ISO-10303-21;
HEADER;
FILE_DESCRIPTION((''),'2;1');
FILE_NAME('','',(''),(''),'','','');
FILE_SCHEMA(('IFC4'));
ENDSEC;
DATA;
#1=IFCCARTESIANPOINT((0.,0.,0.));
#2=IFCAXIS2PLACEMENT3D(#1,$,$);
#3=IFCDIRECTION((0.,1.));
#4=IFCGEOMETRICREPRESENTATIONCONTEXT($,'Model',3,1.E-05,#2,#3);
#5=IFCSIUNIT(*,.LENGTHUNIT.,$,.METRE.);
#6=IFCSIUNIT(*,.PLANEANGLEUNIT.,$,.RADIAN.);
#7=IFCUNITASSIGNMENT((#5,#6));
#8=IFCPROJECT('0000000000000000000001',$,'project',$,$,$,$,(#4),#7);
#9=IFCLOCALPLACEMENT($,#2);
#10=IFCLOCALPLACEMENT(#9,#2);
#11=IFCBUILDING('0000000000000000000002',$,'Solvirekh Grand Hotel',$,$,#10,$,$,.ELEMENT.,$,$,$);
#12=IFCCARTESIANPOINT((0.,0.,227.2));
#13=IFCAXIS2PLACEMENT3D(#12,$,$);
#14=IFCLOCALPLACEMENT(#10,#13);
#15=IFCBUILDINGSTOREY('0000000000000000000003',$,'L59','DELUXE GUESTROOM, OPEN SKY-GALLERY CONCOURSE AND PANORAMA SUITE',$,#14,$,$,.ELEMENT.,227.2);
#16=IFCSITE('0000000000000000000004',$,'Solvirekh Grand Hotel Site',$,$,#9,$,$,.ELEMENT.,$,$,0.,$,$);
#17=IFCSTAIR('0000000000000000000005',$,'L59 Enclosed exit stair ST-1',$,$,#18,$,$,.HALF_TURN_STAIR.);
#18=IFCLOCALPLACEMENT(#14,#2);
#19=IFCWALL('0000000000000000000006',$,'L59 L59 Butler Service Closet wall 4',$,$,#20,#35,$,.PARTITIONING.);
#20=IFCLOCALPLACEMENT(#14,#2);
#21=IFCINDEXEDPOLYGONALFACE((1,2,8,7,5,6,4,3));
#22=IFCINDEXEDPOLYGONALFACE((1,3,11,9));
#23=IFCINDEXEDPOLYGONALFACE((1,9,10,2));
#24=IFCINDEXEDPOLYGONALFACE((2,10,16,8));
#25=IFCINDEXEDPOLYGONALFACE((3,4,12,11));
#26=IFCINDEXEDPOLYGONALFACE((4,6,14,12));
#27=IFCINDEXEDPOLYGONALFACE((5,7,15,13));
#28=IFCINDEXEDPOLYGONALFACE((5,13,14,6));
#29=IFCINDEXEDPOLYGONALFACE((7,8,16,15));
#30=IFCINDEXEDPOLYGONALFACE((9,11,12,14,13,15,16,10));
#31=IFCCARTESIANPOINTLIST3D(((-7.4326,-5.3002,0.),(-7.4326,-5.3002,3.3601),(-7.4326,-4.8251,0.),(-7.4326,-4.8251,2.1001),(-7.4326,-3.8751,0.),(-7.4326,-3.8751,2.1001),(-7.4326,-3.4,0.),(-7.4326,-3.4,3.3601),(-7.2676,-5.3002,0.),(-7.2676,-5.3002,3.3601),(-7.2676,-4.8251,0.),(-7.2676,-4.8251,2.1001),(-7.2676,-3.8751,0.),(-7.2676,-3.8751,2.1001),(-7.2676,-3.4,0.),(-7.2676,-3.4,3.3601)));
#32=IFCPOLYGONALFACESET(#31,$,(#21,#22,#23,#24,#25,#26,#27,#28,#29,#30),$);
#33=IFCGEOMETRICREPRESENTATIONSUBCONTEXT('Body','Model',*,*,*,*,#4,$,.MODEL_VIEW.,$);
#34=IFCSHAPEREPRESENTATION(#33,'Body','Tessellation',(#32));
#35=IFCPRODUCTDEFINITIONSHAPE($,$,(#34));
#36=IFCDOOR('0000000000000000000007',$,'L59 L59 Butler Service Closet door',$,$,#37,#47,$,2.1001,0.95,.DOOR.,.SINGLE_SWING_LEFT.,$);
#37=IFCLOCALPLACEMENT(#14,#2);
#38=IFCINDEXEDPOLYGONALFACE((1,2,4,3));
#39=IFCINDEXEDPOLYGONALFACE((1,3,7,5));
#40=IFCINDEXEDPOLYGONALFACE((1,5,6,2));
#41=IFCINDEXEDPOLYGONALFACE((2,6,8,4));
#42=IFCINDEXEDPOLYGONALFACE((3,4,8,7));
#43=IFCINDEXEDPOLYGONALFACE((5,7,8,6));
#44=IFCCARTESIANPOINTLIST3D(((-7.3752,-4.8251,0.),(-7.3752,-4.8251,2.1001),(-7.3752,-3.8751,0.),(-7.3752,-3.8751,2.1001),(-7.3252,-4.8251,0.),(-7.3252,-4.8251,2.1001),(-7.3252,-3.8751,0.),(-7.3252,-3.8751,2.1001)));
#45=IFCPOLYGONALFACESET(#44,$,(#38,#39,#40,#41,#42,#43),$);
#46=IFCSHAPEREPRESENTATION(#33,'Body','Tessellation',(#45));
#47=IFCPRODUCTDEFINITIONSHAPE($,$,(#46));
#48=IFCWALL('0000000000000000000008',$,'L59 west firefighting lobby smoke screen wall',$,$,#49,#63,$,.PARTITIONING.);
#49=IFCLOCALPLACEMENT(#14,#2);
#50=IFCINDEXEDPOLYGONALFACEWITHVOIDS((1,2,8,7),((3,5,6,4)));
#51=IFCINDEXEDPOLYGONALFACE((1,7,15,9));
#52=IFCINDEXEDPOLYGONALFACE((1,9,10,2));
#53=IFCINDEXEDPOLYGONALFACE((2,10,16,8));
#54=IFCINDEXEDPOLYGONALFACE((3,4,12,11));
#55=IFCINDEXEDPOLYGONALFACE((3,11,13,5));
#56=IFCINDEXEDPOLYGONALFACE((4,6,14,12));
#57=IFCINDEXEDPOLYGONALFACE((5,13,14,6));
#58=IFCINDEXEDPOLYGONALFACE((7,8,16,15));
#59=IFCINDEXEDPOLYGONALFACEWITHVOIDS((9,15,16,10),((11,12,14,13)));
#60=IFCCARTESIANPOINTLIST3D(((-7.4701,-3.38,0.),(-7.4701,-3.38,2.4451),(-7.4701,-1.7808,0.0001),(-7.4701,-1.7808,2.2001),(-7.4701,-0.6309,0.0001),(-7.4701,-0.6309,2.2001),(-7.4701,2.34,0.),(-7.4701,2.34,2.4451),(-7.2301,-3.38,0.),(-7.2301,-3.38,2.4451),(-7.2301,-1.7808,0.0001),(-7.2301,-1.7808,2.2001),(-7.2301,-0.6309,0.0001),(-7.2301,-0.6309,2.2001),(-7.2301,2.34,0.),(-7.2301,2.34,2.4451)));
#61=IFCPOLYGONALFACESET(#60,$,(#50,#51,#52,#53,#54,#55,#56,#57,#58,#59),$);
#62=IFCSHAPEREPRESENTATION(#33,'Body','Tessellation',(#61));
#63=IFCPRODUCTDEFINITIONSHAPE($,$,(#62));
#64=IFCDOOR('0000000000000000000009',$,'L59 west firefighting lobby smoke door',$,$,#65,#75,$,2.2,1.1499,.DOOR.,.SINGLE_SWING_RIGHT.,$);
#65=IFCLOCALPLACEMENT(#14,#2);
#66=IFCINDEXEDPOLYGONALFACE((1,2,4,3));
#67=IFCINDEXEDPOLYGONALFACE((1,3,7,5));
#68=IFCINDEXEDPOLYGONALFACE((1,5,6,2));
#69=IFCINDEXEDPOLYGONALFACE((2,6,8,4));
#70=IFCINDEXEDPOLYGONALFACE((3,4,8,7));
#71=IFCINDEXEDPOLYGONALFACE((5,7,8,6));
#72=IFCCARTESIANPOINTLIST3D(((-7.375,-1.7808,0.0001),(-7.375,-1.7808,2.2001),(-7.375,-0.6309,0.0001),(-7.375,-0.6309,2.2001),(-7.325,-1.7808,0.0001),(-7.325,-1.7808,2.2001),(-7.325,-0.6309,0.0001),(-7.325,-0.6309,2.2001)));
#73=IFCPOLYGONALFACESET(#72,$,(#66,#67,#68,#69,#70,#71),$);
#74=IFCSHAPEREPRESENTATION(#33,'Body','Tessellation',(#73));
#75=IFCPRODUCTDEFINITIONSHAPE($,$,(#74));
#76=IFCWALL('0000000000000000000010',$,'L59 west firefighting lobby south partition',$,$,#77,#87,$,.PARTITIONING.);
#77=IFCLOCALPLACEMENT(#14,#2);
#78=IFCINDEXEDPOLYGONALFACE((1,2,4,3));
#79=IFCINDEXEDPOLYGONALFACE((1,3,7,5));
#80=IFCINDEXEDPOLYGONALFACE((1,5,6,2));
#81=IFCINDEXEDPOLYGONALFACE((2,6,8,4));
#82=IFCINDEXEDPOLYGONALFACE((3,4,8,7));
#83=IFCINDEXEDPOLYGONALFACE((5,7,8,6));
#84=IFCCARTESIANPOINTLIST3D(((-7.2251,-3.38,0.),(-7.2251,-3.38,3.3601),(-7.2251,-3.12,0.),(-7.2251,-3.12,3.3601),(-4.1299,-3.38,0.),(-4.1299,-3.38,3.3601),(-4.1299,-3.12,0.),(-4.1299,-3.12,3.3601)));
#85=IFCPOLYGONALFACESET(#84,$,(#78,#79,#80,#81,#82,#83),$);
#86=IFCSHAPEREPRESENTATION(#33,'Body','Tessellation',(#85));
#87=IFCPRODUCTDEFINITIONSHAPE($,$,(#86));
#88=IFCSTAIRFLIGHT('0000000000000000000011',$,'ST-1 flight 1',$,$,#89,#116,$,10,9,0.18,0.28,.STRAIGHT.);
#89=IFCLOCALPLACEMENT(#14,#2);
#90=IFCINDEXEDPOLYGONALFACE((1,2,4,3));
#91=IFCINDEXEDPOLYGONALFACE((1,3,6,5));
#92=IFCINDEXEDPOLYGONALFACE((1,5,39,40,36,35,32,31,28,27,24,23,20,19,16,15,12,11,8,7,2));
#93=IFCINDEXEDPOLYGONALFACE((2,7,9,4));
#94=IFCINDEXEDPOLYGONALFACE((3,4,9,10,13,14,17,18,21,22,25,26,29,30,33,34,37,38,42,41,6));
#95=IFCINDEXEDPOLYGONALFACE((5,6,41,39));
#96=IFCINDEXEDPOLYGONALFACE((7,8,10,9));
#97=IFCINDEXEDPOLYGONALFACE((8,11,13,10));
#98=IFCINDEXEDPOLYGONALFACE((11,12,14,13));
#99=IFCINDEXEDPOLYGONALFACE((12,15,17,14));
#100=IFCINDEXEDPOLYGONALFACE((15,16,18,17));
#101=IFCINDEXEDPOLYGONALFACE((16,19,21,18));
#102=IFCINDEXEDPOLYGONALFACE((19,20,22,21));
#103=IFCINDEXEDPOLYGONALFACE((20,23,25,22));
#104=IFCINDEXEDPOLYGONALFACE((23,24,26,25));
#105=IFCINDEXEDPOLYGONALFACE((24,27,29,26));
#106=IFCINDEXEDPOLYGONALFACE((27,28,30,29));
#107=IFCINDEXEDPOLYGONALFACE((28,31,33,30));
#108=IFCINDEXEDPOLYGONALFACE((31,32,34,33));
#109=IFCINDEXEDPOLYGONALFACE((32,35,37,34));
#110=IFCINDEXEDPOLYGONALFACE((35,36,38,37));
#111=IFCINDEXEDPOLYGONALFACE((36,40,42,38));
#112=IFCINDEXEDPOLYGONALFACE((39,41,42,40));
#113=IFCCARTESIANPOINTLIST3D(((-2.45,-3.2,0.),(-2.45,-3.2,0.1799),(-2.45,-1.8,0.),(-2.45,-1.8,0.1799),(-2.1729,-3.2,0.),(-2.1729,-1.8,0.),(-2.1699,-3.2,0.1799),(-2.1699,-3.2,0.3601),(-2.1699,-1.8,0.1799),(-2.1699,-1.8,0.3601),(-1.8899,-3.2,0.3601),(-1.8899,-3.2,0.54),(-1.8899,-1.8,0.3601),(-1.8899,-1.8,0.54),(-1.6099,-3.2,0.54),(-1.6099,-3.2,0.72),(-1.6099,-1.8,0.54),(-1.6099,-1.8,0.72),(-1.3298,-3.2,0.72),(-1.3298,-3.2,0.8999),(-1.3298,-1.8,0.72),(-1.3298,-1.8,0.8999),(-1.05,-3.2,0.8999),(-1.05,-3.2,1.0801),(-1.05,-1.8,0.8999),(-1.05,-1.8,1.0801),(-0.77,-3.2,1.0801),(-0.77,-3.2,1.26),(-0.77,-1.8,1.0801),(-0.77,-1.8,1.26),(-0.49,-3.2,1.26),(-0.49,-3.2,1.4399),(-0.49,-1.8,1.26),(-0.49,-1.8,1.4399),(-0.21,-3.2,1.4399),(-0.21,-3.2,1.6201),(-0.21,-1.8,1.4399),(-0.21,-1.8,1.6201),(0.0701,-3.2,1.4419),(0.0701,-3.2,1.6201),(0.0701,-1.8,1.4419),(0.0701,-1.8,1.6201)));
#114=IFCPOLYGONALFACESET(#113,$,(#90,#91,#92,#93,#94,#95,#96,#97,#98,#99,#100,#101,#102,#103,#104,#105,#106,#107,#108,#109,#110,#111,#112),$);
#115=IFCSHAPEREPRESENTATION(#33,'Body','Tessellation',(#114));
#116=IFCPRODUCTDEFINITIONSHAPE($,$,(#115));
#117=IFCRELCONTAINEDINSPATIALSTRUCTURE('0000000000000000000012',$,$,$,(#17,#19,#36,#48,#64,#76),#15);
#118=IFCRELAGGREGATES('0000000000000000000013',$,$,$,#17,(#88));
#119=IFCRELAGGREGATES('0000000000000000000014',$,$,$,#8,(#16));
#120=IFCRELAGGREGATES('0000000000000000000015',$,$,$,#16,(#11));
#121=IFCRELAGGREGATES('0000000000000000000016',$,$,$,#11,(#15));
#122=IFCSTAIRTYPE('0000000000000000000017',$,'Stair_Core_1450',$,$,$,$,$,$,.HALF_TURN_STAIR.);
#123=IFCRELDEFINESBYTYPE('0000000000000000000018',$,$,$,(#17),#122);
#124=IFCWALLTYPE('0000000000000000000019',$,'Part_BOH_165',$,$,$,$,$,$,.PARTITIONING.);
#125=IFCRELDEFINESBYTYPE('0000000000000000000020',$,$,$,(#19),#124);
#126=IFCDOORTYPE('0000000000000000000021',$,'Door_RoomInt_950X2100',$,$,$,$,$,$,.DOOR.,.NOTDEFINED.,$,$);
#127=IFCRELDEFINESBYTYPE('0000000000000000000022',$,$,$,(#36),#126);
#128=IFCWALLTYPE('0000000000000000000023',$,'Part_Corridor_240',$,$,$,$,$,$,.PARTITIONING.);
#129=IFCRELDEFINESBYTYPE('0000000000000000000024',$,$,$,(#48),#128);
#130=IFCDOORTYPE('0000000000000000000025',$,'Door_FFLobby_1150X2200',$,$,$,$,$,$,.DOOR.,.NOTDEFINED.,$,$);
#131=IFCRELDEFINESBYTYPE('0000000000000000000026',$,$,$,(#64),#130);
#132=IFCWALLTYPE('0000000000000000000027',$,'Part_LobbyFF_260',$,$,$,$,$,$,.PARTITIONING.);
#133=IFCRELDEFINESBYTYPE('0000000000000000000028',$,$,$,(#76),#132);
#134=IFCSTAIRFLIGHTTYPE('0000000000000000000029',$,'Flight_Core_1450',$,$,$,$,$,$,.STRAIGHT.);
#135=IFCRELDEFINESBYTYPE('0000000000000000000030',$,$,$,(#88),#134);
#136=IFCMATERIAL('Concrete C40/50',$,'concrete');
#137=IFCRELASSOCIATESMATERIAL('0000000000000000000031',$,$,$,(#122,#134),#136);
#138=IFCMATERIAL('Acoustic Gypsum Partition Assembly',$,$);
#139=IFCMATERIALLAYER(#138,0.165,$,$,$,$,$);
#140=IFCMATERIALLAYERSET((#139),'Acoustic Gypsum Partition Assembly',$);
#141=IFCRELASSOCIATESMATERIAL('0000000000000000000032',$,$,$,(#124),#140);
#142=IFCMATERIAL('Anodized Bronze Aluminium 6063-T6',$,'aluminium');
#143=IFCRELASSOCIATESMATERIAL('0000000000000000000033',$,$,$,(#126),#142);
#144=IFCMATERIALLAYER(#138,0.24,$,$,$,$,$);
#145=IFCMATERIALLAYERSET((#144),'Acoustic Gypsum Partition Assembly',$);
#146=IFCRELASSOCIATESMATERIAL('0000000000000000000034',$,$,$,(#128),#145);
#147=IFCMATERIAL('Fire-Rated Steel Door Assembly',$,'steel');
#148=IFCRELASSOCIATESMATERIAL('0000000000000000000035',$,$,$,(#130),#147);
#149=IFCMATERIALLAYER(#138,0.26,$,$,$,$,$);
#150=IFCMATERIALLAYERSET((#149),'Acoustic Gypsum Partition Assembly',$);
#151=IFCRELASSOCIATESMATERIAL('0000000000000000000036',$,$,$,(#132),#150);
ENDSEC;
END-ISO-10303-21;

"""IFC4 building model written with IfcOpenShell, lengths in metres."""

from ifc_helpers import new_model, si_unit, direction, frame, frame_2d, origin, place, context, subcontext, project, spatial, polyline, rectangle, outline, extrude, material, layer, layer_set, type_object, element, fill, aggregate, save


model = new_model("IFC4")

# Units and contexts
model_context = context("Model", 3, precision=1e-05, world=origin(), true_north=direction((0.0, 1.0)))
body_context = subcontext(model_context, "Body", "Model", "MODEL_VIEW")
ifc_project = project(units=[si_unit("LENGTHUNIT", "METRE"), si_unit("PLANEANGLEUNIT", "RADIAN")], contexts=[model_context])

# Site, building, storey
site_placement = place(None, origin())
site = spatial("IfcSite", under=ifc_project, at=site_placement, Name="Solvirekh Grand Hotel Site", CompositionType="ELEMENT", RefElevation=0.0)
building_placement = place(site_placement, origin())
building = spatial("IfcBuilding", under=site, at=building_placement, Name="Solvirekh Grand Hotel", CompositionType="ELEMENT")
storey_placement = place(building_placement, frame((0.0, 0.0, 227.2)))
storey = spatial("IfcBuildingStorey", under=building, at=storey_placement, Name="L59", Description="DELUXE GUESTROOM, OPEN SKY-GALLERY CONCOURSE AND PANORAMA SUITE", CompositionType="ELEMENT", Elevation=227.2)

# Stair
ifc_material_1 = material(Name="Concrete C40/50", Category="concrete")
stair_type = type_object("IfcStairType", Name="Stair_Core_1450", PredefinedType="HALF_TURN_STAIR", material=ifc_material_1)
stair_placement = place(storey_placement, origin())
stair = element("IfcStair", 1, at=stair_placement, inside=storey, type_object=stair_type, Name="L59 Enclosed exit stair ST-1", PredefinedType="HALF_TURN_STAIR")

# Shared definitions
ifc_material_2 = material(Name="Fire-Rated Steel Door Assembly", Category="steel")

# Shared definitions
ifc_material_3 = material(Name="Acoustic Gypsum Partition Assembly")
ifc_layer_1 = layer(ifc_material_3, 0.165)
ifc_layer_set_1 = layer_set([ifc_layer_1], Name="Acoustic Gypsum Partition Assembly")
wall_type_1 = type_object("IfcWallType", Name="Part_BOH_165", PredefinedType="PARTITIONING", material=ifc_layer_set_1)

# Walls, openings, doors
wall_1_placement = place(storey_placement, frame((-7.3501, -3.3999, 0.0), z_axis=(0.0, 0.0, 1.0), x_axis=(0.0, -1.0, 0.0)))
wall_1 = element("IfcWall", 2, at=wall_1_placement, inside=storey, type_object=wall_type_1, Name="L59 L59 Butler Service Closet wall 4", PredefinedType="PARTITIONING", context=body_context, shape_type="SweptSolid", body=[
    extrude(rectangle(XDim=1.9001, YDim=0.165, at=frame_2d((0.9502, 0.0))), origin(), (0.0, 0.0, 1.0), 3.3601),
])
opening_1_placement = place(wall_1_placement, frame((0.4751, 0.0, 0.0)))
opening_1 = element("IfcOpeningElement", 3, at=opening_1_placement, cuts=wall_1, PredefinedType="OPENING", context=body_context, shape_type="SweptSolid", body=[
    extrude(rectangle(XDim=0.95, YDim=2.1001, at=frame_2d((0.4751, 1.05))), frame((0.0, 0.0925, 0.0), z_axis=(0.0, -1.0, 0.0), x_axis=(1.0, 0.0, 0.0)), (0.0, 0.0, 1.0), 0.1851),
])
ifc_material_4 = material(Name="Anodized Bronze Aluminium 6063-T6", Category="aluminium")
door_type_1 = type_object("IfcDoorType", Name="Door_RoomInt_950X2100", OperationType="NOTDEFINED", PredefinedType="DOOR", material=ifc_material_4)
door_1_placement = place(opening_1_placement, origin())
door_1 = element("IfcDoor", 4, at=door_1_placement, inside=storey, type_object=door_type_1, Name="L59 L59 Butler Service Closet door", OperationType="SINGLE_SWING_LEFT", OverallHeight=2.1001, OverallWidth=0.95, PredefinedType="DOOR", context=body_context, shape_type="SweptSolid", body=[
    extrude(rectangle(XDim=0.95, YDim=2.1001, at=frame_2d((0.4751, 1.05))), frame((0.0, 0.0249, 0.0), z_axis=(0.0, -1.0, 0.0), x_axis=(1.0, 0.0, 0.0)), (0.0, 0.0, 1.0), 0.05),
])
fill(opening_1, door_1)
ifc_layer_2 = layer(ifc_material_3, 0.24)
ifc_layer_set_2 = layer_set([ifc_layer_2], Name="Acoustic Gypsum Partition Assembly")
wall_type_2 = type_object("IfcWallType", Name="Part_Corridor_240", PredefinedType="PARTITIONING", material=ifc_layer_set_2)
wall_2_placement = place(storey_placement, frame((-7.3501, -3.3799, 0.0), z_axis=(0.0, 0.0, 1.0), x_axis=(0.0, 1.0, 0.0)))
wall_2 = element("IfcWall", 5, at=wall_2_placement, inside=storey, type_object=wall_type_2, Name="L59 west firefighting lobby smoke screen wall", PredefinedType="PARTITIONING", context=body_context, shape_type="SweptSolid", body=[
    extrude(rectangle(XDim=5.72, YDim=0.24, at=frame_2d((2.8599, 0.0))), origin(), (0.0, 0.0, 1.0), 2.4451),
])
opening_2_placement = place(wall_2_placement, frame((1.5991, 0.0, 0.0)))
opening_2 = element("IfcOpeningElement", 6, at=opening_2_placement, cuts=wall_2, PredefinedType="OPENING", context=body_context, shape_type="SweptSolid", body=[
    extrude(rectangle(XDim=1.1499, YDim=2.2, at=frame_2d((0.575, 1.1001))), frame((0.0, 0.1299, 0.0), z_axis=(0.0, -1.0, 0.0), x_axis=(1.0, 0.0, 0.0)), (0.0, 0.0, 1.0), 0.26),
])
door_type_2 = type_object("IfcDoorType", Name="Door_FFLobby_1150X2200", OperationType="NOTDEFINED", PredefinedType="DOOR", material=ifc_material_2)
door_2_placement = place(opening_2_placement, origin())
door_2 = element("IfcDoor", 7, at=door_2_placement, inside=storey, type_object=door_type_2, Name="L59 west firefighting lobby smoke door", OperationType="SINGLE_SWING_RIGHT", OverallHeight=2.2, OverallWidth=1.1499, PredefinedType="DOOR", context=body_context, shape_type="SweptSolid", body=[
    extrude(rectangle(XDim=1.1499, YDim=2.2, at=frame_2d((0.575, 1.1001))), frame((0.0, 0.0249, 0.0), z_axis=(0.0, -1.0, 0.0), x_axis=(1.0, 0.0, 0.0)), (0.0, 0.0, 1.0), 0.05),
])
fill(opening_2, door_2)

# Wall
ifc_layer_3 = layer(ifc_material_3, 0.26)
ifc_layer_set_3 = layer_set([ifc_layer_3], Name="Acoustic Gypsum Partition Assembly")
wall_type_3 = type_object("IfcWallType", Name="Part_LobbyFF_260", PredefinedType="PARTITIONING", material=ifc_layer_set_3)
wall_3_placement = place(storey_placement, frame((-7.2251, -3.25, 0.0), z_axis=(0.0, 0.0, 1.0), x_axis=(1.0, 0.0, 0.0)))
element("IfcWall", 8, at=wall_3_placement, inside=storey, type_object=wall_type_3, Name="L59 west firefighting lobby south partition", PredefinedType="PARTITIONING", context=body_context, shape_type="SweptSolid", body=[
    extrude(rectangle(XDim=3.0952, YDim=0.26, at=frame_2d((1.5476, 0.0))), origin(), (0.0, 0.0, 1.0), 3.3601),
])

# Stair flight
stair_flight_type = type_object("IfcStairFlightType", Name="Flight_Core_1450", PredefinedType="STRAIGHT", material=ifc_material_1)
stair_flight_placement = place(storey_placement, frame((-2.45, -2.5, 0.0), z_axis=(0.0, 0.0, 1.0), x_axis=(1.0, 0.0, 0.0)))
stair_flight = element("IfcStairFlight", 9, at=stair_flight_placement, type_object=stair_flight_type, Name="ST-1 flight 1", NumberOfRisers=10, NumberOfTreads=9, PredefinedType="STRAIGHT", RiserHeight=0.18, TreadLength=0.28, context=body_context, shape_type="SweptSolid", body=[
    extrude(outline(polyline([(0.0, 0.0), (0.0, 0.1799), (0.28, 0.1799), (0.28, 0.3601), (0.5601, 0.3601), (0.5601, 0.54), (0.8401, 0.54), (0.8401, 0.72), (1.1201, 0.72), (1.1201, 0.8999), (1.3999, 0.8999), (1.3999, 1.0801), (1.6799, 1.0801), (1.6799, 1.26), (1.96, 1.26), (1.96, 1.4399), (2.24, 1.4399), (2.24, 1.6201), (2.52, 1.6201), (2.52, 1.8), (2.52, 1.4419), (0.2771, 0.0), (0.0, 0.0)])), frame((0.0, 0.7, 0.0), z_axis=(0.0, -1.0, 0.0), x_axis=(1.0, 0.0, 0.0)), (0.0, 0.0, 1.0), 1.3999),
])
aggregate(stair, [stair_flight])

save(model, "model.ifc")
